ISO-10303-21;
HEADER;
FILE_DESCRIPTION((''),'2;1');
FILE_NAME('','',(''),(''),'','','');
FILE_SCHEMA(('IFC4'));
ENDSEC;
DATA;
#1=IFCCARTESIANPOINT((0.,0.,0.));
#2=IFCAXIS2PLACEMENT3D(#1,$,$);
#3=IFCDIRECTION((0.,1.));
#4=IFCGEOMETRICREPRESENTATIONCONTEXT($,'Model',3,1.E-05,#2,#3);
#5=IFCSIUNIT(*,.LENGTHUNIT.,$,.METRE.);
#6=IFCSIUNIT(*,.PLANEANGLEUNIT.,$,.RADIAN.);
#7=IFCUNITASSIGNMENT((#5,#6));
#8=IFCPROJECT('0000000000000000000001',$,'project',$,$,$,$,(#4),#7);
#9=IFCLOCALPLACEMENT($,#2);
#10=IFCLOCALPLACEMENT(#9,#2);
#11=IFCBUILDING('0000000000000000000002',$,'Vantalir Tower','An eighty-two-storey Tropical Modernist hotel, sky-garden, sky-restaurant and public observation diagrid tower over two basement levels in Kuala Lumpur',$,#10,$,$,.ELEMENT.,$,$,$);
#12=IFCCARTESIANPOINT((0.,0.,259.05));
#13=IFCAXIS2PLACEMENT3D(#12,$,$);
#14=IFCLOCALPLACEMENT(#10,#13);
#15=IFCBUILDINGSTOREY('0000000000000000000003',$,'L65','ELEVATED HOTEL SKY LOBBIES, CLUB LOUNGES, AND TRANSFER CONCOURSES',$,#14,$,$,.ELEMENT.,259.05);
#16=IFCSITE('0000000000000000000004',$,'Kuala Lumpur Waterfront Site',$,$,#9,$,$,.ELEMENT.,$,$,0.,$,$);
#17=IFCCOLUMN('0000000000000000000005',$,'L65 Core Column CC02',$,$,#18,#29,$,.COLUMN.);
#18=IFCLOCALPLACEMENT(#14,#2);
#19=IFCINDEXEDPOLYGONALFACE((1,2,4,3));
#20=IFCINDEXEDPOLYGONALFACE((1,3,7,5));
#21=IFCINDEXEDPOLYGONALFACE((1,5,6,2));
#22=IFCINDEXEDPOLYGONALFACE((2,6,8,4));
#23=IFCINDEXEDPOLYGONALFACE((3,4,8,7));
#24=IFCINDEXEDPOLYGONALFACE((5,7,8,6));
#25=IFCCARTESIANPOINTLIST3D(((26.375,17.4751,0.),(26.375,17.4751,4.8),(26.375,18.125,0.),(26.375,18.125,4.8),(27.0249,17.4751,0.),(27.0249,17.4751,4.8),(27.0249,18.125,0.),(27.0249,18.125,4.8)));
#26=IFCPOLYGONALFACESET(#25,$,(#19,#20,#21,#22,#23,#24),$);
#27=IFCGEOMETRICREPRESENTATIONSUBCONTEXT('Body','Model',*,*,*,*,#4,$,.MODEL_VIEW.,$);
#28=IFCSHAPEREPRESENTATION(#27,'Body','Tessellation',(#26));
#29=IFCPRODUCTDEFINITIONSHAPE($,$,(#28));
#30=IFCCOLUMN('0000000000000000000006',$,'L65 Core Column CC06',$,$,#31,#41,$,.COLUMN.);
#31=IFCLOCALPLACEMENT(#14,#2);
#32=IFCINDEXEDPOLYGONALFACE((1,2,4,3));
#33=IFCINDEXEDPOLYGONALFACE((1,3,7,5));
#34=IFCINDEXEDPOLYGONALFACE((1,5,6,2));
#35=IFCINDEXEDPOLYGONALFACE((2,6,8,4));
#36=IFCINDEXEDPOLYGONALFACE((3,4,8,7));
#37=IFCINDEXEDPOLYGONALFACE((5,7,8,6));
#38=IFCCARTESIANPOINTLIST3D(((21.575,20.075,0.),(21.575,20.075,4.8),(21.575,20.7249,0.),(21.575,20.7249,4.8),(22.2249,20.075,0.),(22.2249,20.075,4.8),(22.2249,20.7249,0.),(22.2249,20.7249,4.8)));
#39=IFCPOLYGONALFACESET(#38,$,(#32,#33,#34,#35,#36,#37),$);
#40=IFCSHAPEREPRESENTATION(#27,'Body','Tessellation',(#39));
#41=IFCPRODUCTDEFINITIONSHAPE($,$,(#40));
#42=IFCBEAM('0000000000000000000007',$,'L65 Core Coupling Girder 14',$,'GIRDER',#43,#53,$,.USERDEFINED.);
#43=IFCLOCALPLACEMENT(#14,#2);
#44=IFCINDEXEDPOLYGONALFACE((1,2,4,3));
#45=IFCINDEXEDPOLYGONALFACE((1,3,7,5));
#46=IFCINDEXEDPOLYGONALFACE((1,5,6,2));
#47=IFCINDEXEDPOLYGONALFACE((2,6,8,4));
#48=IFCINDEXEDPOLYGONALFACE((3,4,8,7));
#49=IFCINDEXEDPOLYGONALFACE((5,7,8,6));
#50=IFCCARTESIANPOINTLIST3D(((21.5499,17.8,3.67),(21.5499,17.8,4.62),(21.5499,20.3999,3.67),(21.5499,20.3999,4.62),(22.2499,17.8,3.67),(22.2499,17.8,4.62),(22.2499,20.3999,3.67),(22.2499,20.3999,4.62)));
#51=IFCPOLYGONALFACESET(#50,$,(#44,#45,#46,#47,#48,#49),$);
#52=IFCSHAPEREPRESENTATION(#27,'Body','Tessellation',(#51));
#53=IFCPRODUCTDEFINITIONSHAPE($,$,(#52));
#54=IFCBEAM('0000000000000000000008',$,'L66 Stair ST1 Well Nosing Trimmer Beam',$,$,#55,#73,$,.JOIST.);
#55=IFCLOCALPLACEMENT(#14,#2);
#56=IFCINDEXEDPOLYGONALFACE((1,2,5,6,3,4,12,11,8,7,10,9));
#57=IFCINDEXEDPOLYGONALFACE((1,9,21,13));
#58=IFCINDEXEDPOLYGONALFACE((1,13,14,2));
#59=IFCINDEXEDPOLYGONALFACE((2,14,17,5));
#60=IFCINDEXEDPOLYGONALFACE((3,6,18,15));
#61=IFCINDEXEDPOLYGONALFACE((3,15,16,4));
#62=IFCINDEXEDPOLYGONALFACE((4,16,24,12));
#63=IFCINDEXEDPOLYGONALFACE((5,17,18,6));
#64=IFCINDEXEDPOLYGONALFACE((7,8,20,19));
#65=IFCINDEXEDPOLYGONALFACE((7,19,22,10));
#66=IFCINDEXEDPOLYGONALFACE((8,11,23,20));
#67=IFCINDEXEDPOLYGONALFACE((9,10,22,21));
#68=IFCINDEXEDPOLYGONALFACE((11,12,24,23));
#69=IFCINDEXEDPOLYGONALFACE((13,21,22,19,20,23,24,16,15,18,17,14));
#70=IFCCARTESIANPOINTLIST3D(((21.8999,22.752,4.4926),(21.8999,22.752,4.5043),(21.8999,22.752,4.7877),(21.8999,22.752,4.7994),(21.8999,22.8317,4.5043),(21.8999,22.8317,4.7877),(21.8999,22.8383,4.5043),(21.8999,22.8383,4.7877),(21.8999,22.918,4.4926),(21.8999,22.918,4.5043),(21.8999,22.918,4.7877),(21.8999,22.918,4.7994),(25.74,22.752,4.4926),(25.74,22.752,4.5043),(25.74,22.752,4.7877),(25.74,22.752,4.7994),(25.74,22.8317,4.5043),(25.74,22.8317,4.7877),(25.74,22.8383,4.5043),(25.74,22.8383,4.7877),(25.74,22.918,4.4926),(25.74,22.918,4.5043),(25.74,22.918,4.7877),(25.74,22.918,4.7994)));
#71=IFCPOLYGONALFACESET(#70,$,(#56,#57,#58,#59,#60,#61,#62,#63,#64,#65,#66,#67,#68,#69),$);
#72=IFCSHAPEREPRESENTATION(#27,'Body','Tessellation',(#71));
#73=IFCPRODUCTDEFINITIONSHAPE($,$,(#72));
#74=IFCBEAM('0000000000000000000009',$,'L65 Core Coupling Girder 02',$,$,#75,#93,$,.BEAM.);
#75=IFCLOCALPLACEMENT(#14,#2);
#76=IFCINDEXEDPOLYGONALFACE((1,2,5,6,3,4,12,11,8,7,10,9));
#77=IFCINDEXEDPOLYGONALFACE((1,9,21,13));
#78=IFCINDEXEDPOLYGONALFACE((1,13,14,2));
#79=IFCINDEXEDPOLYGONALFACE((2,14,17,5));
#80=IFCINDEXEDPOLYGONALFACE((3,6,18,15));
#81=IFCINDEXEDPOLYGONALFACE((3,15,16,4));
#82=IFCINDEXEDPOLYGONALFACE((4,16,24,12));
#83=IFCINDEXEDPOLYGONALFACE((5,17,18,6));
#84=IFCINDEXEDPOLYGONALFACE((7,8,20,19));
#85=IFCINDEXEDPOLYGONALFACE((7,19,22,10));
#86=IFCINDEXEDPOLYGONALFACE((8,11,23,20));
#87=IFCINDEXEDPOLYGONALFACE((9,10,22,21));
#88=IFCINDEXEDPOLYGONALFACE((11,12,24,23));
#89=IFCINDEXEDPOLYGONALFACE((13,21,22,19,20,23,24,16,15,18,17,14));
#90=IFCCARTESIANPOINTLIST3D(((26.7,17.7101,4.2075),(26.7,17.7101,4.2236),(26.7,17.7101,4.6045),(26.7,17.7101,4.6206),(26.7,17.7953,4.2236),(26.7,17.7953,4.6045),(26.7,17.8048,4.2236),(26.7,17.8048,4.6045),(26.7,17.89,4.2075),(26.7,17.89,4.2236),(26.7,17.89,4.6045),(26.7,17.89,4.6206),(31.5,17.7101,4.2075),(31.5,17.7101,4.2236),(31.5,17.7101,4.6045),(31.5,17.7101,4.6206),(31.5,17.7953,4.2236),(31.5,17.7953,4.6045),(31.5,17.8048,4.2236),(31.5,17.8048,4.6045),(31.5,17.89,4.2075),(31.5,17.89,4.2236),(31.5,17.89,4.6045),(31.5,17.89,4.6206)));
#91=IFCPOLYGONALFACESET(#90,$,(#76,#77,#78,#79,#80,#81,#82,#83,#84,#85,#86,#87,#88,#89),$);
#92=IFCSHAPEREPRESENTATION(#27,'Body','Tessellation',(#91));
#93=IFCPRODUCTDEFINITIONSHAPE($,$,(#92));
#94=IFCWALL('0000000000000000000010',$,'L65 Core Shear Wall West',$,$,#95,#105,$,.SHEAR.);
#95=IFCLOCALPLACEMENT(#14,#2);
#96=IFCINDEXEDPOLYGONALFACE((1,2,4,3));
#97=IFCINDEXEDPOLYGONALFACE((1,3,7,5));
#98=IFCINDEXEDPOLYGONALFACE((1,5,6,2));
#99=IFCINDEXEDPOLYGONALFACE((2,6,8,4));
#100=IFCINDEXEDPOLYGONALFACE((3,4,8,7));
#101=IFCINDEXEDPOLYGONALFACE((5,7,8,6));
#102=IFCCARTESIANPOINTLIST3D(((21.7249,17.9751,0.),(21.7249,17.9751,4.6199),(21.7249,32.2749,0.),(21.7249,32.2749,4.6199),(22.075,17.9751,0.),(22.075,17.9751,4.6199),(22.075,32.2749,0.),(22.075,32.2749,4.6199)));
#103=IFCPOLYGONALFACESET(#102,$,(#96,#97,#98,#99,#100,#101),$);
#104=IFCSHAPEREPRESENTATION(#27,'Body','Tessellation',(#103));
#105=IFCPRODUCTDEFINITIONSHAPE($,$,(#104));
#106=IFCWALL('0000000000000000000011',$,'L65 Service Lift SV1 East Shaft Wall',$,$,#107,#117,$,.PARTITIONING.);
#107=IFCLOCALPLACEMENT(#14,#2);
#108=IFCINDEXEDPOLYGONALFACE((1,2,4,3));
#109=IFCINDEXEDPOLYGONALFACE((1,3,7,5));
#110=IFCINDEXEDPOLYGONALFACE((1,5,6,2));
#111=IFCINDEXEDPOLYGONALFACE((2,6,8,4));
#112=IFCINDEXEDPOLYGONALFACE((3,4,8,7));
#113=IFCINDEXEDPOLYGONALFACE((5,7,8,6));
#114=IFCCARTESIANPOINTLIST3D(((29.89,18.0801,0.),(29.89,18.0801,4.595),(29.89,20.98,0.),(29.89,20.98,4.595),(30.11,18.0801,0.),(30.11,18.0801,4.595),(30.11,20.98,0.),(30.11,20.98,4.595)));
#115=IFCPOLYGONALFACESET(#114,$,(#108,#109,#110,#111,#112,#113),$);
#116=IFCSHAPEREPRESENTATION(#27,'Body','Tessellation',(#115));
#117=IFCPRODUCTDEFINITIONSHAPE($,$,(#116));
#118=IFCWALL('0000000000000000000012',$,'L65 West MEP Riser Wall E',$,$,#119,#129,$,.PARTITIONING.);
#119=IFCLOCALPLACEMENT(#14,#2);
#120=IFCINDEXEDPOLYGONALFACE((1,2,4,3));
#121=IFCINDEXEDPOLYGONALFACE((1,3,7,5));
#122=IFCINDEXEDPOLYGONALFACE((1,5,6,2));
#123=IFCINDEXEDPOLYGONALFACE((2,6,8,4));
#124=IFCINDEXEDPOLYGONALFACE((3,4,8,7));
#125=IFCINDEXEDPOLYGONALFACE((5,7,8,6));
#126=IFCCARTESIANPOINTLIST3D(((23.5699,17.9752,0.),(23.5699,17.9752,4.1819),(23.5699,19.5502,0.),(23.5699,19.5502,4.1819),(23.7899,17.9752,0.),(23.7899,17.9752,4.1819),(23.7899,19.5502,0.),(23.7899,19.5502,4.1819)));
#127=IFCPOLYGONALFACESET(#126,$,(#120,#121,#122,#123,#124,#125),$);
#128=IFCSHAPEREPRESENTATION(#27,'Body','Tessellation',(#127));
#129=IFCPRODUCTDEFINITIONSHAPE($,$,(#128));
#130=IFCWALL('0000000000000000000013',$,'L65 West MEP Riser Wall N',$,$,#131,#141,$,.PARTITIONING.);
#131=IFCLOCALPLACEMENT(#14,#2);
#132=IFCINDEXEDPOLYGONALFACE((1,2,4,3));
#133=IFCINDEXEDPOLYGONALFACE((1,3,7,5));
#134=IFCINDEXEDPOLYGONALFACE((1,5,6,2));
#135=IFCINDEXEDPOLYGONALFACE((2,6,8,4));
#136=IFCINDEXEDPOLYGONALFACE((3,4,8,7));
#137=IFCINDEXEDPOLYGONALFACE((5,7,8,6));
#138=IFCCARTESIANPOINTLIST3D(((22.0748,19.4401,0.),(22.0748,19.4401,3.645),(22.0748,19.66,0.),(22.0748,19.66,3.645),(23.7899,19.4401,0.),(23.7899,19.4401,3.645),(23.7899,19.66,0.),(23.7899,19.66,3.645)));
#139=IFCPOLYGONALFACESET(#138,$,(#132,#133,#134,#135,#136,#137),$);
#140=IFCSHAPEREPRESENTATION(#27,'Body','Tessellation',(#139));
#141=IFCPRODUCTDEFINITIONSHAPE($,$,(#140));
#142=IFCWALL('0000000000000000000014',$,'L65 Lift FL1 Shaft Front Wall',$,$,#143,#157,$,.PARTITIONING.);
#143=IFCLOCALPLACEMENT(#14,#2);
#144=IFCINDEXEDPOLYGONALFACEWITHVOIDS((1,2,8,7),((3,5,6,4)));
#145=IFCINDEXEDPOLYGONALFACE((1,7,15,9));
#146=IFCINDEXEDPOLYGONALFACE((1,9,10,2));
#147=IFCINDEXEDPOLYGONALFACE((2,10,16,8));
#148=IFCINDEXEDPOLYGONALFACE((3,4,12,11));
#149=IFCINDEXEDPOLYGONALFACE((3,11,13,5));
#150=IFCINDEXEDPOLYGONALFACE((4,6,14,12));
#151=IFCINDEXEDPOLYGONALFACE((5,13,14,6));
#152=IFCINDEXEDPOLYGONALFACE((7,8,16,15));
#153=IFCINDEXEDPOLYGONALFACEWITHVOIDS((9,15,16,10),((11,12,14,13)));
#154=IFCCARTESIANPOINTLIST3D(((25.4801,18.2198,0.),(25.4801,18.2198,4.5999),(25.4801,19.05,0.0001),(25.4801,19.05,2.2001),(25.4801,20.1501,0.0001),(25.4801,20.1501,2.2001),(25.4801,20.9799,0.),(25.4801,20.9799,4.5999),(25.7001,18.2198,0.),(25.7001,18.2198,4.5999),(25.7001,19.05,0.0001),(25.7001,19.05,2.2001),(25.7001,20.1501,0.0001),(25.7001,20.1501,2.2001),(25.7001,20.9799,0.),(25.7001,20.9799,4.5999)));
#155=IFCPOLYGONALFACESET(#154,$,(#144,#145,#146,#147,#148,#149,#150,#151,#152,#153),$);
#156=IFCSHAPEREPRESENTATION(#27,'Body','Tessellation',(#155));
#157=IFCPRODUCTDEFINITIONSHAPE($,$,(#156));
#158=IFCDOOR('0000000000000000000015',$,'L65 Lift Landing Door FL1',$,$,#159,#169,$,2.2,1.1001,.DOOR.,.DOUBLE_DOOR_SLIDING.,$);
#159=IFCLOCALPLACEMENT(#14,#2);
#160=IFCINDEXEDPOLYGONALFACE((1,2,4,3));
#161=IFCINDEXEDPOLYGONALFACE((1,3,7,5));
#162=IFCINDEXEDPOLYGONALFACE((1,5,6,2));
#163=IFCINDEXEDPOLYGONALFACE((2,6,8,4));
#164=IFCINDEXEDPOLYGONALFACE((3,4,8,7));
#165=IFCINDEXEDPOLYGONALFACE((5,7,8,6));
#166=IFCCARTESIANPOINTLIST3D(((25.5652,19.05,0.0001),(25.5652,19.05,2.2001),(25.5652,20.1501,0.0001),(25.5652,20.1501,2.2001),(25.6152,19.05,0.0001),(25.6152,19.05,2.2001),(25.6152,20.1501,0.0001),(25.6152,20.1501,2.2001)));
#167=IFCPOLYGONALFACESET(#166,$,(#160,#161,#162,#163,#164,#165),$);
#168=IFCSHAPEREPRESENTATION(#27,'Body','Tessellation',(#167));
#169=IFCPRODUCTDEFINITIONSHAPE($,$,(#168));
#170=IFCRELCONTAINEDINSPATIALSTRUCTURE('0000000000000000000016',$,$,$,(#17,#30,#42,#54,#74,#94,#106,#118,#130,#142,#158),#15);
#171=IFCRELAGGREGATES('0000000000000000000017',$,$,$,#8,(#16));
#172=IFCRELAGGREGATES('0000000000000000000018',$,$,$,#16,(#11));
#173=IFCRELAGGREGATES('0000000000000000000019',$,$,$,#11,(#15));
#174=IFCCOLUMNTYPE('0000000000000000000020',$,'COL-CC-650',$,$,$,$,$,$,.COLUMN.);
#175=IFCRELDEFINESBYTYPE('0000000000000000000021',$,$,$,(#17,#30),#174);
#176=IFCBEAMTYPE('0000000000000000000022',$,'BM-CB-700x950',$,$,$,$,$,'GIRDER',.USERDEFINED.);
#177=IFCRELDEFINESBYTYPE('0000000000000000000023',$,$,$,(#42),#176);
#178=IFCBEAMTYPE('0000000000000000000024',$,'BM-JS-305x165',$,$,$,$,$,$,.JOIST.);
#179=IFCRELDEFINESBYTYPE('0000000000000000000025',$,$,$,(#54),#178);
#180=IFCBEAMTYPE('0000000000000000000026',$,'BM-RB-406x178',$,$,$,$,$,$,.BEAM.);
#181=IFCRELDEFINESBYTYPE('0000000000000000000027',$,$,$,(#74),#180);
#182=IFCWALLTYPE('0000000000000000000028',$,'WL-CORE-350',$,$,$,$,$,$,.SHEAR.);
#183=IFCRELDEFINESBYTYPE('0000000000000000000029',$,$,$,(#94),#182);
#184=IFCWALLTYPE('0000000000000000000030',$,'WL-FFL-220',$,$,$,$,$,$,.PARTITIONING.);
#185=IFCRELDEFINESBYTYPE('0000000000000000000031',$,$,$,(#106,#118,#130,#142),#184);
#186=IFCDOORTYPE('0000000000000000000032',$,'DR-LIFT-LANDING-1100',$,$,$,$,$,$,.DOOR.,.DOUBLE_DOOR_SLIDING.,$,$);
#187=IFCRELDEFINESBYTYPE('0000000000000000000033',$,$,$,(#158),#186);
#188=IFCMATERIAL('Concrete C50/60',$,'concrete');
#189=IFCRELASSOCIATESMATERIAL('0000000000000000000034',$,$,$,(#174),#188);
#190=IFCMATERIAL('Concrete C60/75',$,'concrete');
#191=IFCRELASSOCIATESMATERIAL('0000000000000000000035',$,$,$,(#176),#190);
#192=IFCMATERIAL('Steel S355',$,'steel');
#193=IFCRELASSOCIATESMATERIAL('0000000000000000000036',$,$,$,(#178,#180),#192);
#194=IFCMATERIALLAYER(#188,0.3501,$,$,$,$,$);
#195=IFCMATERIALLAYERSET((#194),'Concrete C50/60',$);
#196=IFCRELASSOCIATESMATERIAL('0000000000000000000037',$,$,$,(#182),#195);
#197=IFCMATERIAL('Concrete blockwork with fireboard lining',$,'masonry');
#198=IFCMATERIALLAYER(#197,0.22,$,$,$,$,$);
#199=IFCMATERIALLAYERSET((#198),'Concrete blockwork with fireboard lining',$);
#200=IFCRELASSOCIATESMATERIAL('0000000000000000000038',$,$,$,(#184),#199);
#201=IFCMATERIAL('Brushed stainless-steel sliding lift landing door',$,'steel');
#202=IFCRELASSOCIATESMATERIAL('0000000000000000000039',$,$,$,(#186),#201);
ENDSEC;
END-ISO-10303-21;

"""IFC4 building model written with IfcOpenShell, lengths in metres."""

from ifc_helpers import new_model, si_unit, direction, frame, frame_2d, origin, origin_2d, place, context, subcontext, project, spatial, rectangle, i_section, extrude, material, layer, layer_set, material_profile, profile_set, type_object, element, fill, save


model = new_model("IFC4")

# Units and contexts
model_context = context("Model", 3, precision=1e-05, world=origin(), true_north=direction((0.0, 1.0)))
body_context = subcontext(model_context, "Body", "Model", "MODEL_VIEW")
ifc_project = project(units=[si_unit("LENGTHUNIT", "METRE"), si_unit("PLANEANGLEUNIT", "RADIAN")], contexts=[model_context])

# Site, building, storey
site_placement = place(None, origin())
site = spatial("IfcSite", under=ifc_project, at=site_placement, Name="Kuala Lumpur Waterfront Site", CompositionType="ELEMENT", RefElevation=0.0)
building_placement = place(site_placement, origin())
building = spatial("IfcBuilding", under=site, at=building_placement, Name="Vantalir Tower", Description="An eighty-two-storey Tropical Modernist hotel, sky-garden, sky-restaurant and public observation diagrid tower over two basement levels in Kuala Lumpur", CompositionType="ELEMENT")
storey_placement = place(building_placement, frame((0.0, 0.0, 259.05)))
storey = spatial("IfcBuildingStorey", under=building, at=storey_placement, Name="L65", Description="ELEVATED HOTEL SKY LOBBIES, CLUB LOUNGES, AND TRANSFER CONCOURSES", CompositionType="ELEMENT", Elevation=259.05)

# Columns
ifc_material_1 = material(Name="Concrete C50/60", Category="concrete")
ifc_material_profile_1 = material_profile(ifc_material_1, rectangle(XDim=0.6499, YDim=0.6499, at=origin_2d()), Name="Concrete C50/60")
ifc_profile_set_1 = profile_set([ifc_material_profile_1], Name="Concrete C50/60")
column_type = type_object("IfcColumnType", Name="COL-CC-650", PredefinedType="COLUMN", material=ifc_profile_set_1)
for number, where, z_axis, x_axis, name in (
    (1, (26.7, 17.8, 0.0), (0.0, 0.0, 1.0), (1.0, 0.0, 0.0), "L65 Core Column CC02"),
    (2, (21.8999, 20.3999, 0.0), (0.0, 0.0, 1.0), (1.0, 0.0, 0.0), "L65 Core Column CC06"),
):
    element("IfcColumn", number, at=place(storey_placement, frame(where, z_axis=z_axis, x_axis=x_axis)), inside=storey, type_object=column_type, Name=name, PredefinedType="COLUMN", context=body_context, shape_type="SweptSolid", body=[
        extrude(rectangle(XDim=0.6499, YDim=0.6499, at=origin_2d()), origin(), (0.0, 0.0, 1.0), 4.8),
    ])

# Beams
ifc_material_2 = material(Name="Concrete C60/75", Category="concrete")
ifc_material_profile_2 = material_profile(ifc_material_2, rectangle(XDim=0.7, YDim=0.95, at=origin_2d()), Name="Concrete C60/75")
ifc_profile_set_2 = profile_set([ifc_material_profile_2], Name="Concrete C60/75")
beam_type_1 = type_object("IfcBeamType", Name="BM-CB-700x950", ElementType="GIRDER", PredefinedType="USERDEFINED", material=ifc_profile_set_2)
beam_1_placement = place(storey_placement, frame((21.8999, 20.3999, 4.145), z_axis=(0.0, -1.0, 0.0), x_axis=(1.0, 0.0, 0.0)))
element("IfcBeam", 3, at=beam_1_placement, inside=storey, type_object=beam_type_1, Name="L65 Core Coupling Girder 14", ObjectType="GIRDER", PredefinedType="USERDEFINED", context=body_context, shape_type="SweptSolid", body=[
    extrude(rectangle(XDim=0.7, YDim=0.95, at=origin_2d()), origin(), (0.0, 0.0, 1.0), 2.5999),
])
ifc_material_3 = material(Name="Steel S355", Category="steel")
ifc_material_profile_3 = material_profile(ifc_material_3, i_section(OverallWidth=0.166, OverallDepth=0.3069, WebThickness=0.0066, FlangeThickness=0.0117, at=origin_2d()), Name="Steel S355")
ifc_profile_set_3 = profile_set([ifc_material_profile_3], Name="Steel S355")
beam_type_2 = type_object("IfcBeamType", Name="BM-JS-305x165", PredefinedType="JOIST", material=ifc_profile_set_3)
beam_2_placement = place(storey_placement, frame((21.8999, 22.835, 4.646), z_axis=(1.0, 0.0, 0.0), x_axis=(0.0, 1.0, 0.0)))
element("IfcBeam", 4, at=beam_2_placement, inside=storey, type_object=beam_type_2, Name="L66 Stair ST1 Well Nosing Trimmer Beam", PredefinedType="JOIST", context=body_context, shape_type="SweptSolid", body=[
    extrude(i_section(OverallWidth=0.166, OverallDepth=0.3069, WebThickness=0.0066, FlangeThickness=0.0117, at=origin_2d()), origin(), (0.0, 0.0, 1.0), 3.8401),
])
ifc_material_profile_4 = material_profile(ifc_material_3, i_section(OverallWidth=0.1799, OverallDepth=0.4131, WebThickness=0.0095, FlangeThickness=0.0161, at=origin_2d()), Name="Steel S355")
ifc_profile_set_4 = profile_set([ifc_material_profile_4], Name="Steel S355")
beam_type_3 = type_object("IfcBeamType", Name="BM-RB-406x178", PredefinedType="BEAM", material=ifc_profile_set_4)
beam_3_placement = place(storey_placement, frame((26.7, 17.8, 4.4141), z_axis=(1.0, 0.0, 0.0), x_axis=(0.0, 1.0, 0.0)))
element("IfcBeam", 5, at=beam_3_placement, inside=storey, type_object=beam_type_3, Name="L65 Core Coupling Girder 02", PredefinedType="BEAM", context=body_context, shape_type="SweptSolid", body=[
    extrude(i_section(OverallWidth=0.1799, OverallDepth=0.4131, WebThickness=0.0095, FlangeThickness=0.0161, at=origin_2d()), origin(), (0.0, 0.0, 1.0), 4.8),
])

# Walls
ifc_layer_1 = layer(ifc_material_1, 0.3501)
ifc_layer_set_1 = layer_set([ifc_layer_1], Name="Concrete C50/60")
wall_type_1 = type_object("IfcWallType", Name="WL-CORE-350", PredefinedType="SHEAR", material=ifc_layer_set_1)
wall_1_placement = place(storey_placement, frame((21.8999, 17.9751, 0.0), z_axis=(0.0, 0.0, 1.0), x_axis=(0.0, 1.0, 0.0)))
element("IfcWall", 6, at=wall_1_placement, inside=storey, type_object=wall_type_1, Name="L65 Core Shear Wall West", PredefinedType="SHEAR", context=body_context, shape_type="SweptSolid", body=[
    extrude(rectangle(XDim=14.2998, YDim=0.3501, at=frame_2d((7.1499, 0.0))), origin(), (0.0, 0.0, 1.0), 4.6199),
])
ifc_material_4 = material(Name="Concrete blockwork with fireboard lining", Category="masonry")
ifc_layer_2 = layer(ifc_material_4, 0.22)
ifc_layer_set_2 = layer_set([ifc_layer_2], Name="Concrete blockwork with fireboard lining")
wall_type_2 = type_object("IfcWallType", Name="WL-FFL-220", PredefinedType="PARTITIONING", material=ifc_layer_set_2)
wall_2_placement = place(storey_placement, frame((30.0, 18.0801, 0.0), z_axis=(0.0, 0.0, 1.0), x_axis=(0.0, 1.0, 0.0)))
element("IfcWall", 7, at=wall_2_placement, inside=storey, type_object=wall_type_2, Name="L65 Service Lift SV1 East Shaft Wall", PredefinedType="PARTITIONING", context=body_context, shape_type="SweptSolid", body=[
    extrude(rectangle(XDim=2.8999, YDim=0.22, at=frame_2d((1.45, 0.0))), origin(), (0.0, 0.0, 1.0), 4.595),
])
wall_3_placement = place(storey_placement, frame((23.6799, 17.9751, 0.0), z_axis=(0.0, 0.0, 1.0), x_axis=(0.0, 1.0, 0.0)))
element("IfcWall", 8, at=wall_3_placement, inside=storey, type_object=wall_type_2, Name="L65 West MEP Riser Wall E", PredefinedType="PARTITIONING", context=body_context, shape_type="SweptSolid", body=[
    extrude(rectangle(XDim=1.575, YDim=0.22, at=frame_2d((0.7876, 0.0))), origin(), (0.0, 0.0, 1.0), 4.1819),
])
wall_4_placement = place(storey_placement, frame((22.075, 19.55, 0.0), z_axis=(0.0, 0.0, 1.0), x_axis=(1.0, 0.0, 0.0)))
element("IfcWall", 9, at=wall_4_placement, inside=storey, type_object=wall_type_2, Name="L65 West MEP Riser Wall N", PredefinedType="PARTITIONING", context=body_context, shape_type="SweptSolid", body=[
    extrude(rectangle(XDim=1.7151, YDim=0.22, at=frame_2d((0.8574, 0.0))), origin(), (0.0, 0.0, 1.0), 3.645),
])

# Wall, opening, door
wall_5_placement = place(storey_placement, frame((25.5901, 18.22, 0.0), z_axis=(0.0, 0.0, 1.0), x_axis=(0.0, 1.0, 0.0)))
wall_5 = element("IfcWall", 10, at=wall_5_placement, inside=storey, type_object=wall_type_2, Name="L65 Lift FL1 Shaft Front Wall", PredefinedType="PARTITIONING", context=body_context, shape_type="SweptSolid", body=[
    extrude(rectangle(XDim=2.76, YDim=0.22, at=frame_2d((1.3799, 0.0))), origin(), (0.0, 0.0, 1.0), 4.5999),
])
opening_1_placement = place(wall_5_placement, frame((0.8301, 0.0, 0.0)))
opening_1 = element("IfcOpeningElement", 11, at=opening_1_placement, cuts=wall_5, PredefinedType="OPENING", context=body_context, shape_type="SweptSolid", body=[
    extrude(rectangle(XDim=1.1001, YDim=2.2, at=frame_2d((0.55, 1.1001))), frame((0.0, 0.1199, 0.0), z_axis=(0.0, -1.0, 0.0), x_axis=(1.0, 0.0, 0.0)), (0.0, 0.0, 1.0), 0.24),
])
ifc_material_5 = material(Name="Brushed stainless-steel sliding lift landing door", Category="steel")
door_type_1 = type_object("IfcDoorType", Name="DR-LIFT-LANDING-1100", OperationType="DOUBLE_DOOR_SLIDING", PredefinedType="DOOR", material=ifc_material_5)
door_1_placement = place(opening_1_placement, origin())
door_1 = element("IfcDoor", 12, at=door_1_placement, inside=storey, type_object=door_type_1, Name="L65 Lift Landing Door FL1", OperationType="DOUBLE_DOOR_SLIDING", OverallHeight=2.2, OverallWidth=1.1001, PredefinedType="DOOR", context=body_context, shape_type="SweptSolid", body=[
    extrude(rectangle(XDim=1.1001, YDim=2.2, at=frame_2d((0.55, 1.1001))), frame((0.0, 0.0249, 0.0), z_axis=(0.0, -1.0, 0.0), x_axis=(1.0, 0.0, 0.0)), (0.0, 0.0, 1.0), 0.05),
])
fill(opening_1, door_1)

save(model, "model.ifc")
